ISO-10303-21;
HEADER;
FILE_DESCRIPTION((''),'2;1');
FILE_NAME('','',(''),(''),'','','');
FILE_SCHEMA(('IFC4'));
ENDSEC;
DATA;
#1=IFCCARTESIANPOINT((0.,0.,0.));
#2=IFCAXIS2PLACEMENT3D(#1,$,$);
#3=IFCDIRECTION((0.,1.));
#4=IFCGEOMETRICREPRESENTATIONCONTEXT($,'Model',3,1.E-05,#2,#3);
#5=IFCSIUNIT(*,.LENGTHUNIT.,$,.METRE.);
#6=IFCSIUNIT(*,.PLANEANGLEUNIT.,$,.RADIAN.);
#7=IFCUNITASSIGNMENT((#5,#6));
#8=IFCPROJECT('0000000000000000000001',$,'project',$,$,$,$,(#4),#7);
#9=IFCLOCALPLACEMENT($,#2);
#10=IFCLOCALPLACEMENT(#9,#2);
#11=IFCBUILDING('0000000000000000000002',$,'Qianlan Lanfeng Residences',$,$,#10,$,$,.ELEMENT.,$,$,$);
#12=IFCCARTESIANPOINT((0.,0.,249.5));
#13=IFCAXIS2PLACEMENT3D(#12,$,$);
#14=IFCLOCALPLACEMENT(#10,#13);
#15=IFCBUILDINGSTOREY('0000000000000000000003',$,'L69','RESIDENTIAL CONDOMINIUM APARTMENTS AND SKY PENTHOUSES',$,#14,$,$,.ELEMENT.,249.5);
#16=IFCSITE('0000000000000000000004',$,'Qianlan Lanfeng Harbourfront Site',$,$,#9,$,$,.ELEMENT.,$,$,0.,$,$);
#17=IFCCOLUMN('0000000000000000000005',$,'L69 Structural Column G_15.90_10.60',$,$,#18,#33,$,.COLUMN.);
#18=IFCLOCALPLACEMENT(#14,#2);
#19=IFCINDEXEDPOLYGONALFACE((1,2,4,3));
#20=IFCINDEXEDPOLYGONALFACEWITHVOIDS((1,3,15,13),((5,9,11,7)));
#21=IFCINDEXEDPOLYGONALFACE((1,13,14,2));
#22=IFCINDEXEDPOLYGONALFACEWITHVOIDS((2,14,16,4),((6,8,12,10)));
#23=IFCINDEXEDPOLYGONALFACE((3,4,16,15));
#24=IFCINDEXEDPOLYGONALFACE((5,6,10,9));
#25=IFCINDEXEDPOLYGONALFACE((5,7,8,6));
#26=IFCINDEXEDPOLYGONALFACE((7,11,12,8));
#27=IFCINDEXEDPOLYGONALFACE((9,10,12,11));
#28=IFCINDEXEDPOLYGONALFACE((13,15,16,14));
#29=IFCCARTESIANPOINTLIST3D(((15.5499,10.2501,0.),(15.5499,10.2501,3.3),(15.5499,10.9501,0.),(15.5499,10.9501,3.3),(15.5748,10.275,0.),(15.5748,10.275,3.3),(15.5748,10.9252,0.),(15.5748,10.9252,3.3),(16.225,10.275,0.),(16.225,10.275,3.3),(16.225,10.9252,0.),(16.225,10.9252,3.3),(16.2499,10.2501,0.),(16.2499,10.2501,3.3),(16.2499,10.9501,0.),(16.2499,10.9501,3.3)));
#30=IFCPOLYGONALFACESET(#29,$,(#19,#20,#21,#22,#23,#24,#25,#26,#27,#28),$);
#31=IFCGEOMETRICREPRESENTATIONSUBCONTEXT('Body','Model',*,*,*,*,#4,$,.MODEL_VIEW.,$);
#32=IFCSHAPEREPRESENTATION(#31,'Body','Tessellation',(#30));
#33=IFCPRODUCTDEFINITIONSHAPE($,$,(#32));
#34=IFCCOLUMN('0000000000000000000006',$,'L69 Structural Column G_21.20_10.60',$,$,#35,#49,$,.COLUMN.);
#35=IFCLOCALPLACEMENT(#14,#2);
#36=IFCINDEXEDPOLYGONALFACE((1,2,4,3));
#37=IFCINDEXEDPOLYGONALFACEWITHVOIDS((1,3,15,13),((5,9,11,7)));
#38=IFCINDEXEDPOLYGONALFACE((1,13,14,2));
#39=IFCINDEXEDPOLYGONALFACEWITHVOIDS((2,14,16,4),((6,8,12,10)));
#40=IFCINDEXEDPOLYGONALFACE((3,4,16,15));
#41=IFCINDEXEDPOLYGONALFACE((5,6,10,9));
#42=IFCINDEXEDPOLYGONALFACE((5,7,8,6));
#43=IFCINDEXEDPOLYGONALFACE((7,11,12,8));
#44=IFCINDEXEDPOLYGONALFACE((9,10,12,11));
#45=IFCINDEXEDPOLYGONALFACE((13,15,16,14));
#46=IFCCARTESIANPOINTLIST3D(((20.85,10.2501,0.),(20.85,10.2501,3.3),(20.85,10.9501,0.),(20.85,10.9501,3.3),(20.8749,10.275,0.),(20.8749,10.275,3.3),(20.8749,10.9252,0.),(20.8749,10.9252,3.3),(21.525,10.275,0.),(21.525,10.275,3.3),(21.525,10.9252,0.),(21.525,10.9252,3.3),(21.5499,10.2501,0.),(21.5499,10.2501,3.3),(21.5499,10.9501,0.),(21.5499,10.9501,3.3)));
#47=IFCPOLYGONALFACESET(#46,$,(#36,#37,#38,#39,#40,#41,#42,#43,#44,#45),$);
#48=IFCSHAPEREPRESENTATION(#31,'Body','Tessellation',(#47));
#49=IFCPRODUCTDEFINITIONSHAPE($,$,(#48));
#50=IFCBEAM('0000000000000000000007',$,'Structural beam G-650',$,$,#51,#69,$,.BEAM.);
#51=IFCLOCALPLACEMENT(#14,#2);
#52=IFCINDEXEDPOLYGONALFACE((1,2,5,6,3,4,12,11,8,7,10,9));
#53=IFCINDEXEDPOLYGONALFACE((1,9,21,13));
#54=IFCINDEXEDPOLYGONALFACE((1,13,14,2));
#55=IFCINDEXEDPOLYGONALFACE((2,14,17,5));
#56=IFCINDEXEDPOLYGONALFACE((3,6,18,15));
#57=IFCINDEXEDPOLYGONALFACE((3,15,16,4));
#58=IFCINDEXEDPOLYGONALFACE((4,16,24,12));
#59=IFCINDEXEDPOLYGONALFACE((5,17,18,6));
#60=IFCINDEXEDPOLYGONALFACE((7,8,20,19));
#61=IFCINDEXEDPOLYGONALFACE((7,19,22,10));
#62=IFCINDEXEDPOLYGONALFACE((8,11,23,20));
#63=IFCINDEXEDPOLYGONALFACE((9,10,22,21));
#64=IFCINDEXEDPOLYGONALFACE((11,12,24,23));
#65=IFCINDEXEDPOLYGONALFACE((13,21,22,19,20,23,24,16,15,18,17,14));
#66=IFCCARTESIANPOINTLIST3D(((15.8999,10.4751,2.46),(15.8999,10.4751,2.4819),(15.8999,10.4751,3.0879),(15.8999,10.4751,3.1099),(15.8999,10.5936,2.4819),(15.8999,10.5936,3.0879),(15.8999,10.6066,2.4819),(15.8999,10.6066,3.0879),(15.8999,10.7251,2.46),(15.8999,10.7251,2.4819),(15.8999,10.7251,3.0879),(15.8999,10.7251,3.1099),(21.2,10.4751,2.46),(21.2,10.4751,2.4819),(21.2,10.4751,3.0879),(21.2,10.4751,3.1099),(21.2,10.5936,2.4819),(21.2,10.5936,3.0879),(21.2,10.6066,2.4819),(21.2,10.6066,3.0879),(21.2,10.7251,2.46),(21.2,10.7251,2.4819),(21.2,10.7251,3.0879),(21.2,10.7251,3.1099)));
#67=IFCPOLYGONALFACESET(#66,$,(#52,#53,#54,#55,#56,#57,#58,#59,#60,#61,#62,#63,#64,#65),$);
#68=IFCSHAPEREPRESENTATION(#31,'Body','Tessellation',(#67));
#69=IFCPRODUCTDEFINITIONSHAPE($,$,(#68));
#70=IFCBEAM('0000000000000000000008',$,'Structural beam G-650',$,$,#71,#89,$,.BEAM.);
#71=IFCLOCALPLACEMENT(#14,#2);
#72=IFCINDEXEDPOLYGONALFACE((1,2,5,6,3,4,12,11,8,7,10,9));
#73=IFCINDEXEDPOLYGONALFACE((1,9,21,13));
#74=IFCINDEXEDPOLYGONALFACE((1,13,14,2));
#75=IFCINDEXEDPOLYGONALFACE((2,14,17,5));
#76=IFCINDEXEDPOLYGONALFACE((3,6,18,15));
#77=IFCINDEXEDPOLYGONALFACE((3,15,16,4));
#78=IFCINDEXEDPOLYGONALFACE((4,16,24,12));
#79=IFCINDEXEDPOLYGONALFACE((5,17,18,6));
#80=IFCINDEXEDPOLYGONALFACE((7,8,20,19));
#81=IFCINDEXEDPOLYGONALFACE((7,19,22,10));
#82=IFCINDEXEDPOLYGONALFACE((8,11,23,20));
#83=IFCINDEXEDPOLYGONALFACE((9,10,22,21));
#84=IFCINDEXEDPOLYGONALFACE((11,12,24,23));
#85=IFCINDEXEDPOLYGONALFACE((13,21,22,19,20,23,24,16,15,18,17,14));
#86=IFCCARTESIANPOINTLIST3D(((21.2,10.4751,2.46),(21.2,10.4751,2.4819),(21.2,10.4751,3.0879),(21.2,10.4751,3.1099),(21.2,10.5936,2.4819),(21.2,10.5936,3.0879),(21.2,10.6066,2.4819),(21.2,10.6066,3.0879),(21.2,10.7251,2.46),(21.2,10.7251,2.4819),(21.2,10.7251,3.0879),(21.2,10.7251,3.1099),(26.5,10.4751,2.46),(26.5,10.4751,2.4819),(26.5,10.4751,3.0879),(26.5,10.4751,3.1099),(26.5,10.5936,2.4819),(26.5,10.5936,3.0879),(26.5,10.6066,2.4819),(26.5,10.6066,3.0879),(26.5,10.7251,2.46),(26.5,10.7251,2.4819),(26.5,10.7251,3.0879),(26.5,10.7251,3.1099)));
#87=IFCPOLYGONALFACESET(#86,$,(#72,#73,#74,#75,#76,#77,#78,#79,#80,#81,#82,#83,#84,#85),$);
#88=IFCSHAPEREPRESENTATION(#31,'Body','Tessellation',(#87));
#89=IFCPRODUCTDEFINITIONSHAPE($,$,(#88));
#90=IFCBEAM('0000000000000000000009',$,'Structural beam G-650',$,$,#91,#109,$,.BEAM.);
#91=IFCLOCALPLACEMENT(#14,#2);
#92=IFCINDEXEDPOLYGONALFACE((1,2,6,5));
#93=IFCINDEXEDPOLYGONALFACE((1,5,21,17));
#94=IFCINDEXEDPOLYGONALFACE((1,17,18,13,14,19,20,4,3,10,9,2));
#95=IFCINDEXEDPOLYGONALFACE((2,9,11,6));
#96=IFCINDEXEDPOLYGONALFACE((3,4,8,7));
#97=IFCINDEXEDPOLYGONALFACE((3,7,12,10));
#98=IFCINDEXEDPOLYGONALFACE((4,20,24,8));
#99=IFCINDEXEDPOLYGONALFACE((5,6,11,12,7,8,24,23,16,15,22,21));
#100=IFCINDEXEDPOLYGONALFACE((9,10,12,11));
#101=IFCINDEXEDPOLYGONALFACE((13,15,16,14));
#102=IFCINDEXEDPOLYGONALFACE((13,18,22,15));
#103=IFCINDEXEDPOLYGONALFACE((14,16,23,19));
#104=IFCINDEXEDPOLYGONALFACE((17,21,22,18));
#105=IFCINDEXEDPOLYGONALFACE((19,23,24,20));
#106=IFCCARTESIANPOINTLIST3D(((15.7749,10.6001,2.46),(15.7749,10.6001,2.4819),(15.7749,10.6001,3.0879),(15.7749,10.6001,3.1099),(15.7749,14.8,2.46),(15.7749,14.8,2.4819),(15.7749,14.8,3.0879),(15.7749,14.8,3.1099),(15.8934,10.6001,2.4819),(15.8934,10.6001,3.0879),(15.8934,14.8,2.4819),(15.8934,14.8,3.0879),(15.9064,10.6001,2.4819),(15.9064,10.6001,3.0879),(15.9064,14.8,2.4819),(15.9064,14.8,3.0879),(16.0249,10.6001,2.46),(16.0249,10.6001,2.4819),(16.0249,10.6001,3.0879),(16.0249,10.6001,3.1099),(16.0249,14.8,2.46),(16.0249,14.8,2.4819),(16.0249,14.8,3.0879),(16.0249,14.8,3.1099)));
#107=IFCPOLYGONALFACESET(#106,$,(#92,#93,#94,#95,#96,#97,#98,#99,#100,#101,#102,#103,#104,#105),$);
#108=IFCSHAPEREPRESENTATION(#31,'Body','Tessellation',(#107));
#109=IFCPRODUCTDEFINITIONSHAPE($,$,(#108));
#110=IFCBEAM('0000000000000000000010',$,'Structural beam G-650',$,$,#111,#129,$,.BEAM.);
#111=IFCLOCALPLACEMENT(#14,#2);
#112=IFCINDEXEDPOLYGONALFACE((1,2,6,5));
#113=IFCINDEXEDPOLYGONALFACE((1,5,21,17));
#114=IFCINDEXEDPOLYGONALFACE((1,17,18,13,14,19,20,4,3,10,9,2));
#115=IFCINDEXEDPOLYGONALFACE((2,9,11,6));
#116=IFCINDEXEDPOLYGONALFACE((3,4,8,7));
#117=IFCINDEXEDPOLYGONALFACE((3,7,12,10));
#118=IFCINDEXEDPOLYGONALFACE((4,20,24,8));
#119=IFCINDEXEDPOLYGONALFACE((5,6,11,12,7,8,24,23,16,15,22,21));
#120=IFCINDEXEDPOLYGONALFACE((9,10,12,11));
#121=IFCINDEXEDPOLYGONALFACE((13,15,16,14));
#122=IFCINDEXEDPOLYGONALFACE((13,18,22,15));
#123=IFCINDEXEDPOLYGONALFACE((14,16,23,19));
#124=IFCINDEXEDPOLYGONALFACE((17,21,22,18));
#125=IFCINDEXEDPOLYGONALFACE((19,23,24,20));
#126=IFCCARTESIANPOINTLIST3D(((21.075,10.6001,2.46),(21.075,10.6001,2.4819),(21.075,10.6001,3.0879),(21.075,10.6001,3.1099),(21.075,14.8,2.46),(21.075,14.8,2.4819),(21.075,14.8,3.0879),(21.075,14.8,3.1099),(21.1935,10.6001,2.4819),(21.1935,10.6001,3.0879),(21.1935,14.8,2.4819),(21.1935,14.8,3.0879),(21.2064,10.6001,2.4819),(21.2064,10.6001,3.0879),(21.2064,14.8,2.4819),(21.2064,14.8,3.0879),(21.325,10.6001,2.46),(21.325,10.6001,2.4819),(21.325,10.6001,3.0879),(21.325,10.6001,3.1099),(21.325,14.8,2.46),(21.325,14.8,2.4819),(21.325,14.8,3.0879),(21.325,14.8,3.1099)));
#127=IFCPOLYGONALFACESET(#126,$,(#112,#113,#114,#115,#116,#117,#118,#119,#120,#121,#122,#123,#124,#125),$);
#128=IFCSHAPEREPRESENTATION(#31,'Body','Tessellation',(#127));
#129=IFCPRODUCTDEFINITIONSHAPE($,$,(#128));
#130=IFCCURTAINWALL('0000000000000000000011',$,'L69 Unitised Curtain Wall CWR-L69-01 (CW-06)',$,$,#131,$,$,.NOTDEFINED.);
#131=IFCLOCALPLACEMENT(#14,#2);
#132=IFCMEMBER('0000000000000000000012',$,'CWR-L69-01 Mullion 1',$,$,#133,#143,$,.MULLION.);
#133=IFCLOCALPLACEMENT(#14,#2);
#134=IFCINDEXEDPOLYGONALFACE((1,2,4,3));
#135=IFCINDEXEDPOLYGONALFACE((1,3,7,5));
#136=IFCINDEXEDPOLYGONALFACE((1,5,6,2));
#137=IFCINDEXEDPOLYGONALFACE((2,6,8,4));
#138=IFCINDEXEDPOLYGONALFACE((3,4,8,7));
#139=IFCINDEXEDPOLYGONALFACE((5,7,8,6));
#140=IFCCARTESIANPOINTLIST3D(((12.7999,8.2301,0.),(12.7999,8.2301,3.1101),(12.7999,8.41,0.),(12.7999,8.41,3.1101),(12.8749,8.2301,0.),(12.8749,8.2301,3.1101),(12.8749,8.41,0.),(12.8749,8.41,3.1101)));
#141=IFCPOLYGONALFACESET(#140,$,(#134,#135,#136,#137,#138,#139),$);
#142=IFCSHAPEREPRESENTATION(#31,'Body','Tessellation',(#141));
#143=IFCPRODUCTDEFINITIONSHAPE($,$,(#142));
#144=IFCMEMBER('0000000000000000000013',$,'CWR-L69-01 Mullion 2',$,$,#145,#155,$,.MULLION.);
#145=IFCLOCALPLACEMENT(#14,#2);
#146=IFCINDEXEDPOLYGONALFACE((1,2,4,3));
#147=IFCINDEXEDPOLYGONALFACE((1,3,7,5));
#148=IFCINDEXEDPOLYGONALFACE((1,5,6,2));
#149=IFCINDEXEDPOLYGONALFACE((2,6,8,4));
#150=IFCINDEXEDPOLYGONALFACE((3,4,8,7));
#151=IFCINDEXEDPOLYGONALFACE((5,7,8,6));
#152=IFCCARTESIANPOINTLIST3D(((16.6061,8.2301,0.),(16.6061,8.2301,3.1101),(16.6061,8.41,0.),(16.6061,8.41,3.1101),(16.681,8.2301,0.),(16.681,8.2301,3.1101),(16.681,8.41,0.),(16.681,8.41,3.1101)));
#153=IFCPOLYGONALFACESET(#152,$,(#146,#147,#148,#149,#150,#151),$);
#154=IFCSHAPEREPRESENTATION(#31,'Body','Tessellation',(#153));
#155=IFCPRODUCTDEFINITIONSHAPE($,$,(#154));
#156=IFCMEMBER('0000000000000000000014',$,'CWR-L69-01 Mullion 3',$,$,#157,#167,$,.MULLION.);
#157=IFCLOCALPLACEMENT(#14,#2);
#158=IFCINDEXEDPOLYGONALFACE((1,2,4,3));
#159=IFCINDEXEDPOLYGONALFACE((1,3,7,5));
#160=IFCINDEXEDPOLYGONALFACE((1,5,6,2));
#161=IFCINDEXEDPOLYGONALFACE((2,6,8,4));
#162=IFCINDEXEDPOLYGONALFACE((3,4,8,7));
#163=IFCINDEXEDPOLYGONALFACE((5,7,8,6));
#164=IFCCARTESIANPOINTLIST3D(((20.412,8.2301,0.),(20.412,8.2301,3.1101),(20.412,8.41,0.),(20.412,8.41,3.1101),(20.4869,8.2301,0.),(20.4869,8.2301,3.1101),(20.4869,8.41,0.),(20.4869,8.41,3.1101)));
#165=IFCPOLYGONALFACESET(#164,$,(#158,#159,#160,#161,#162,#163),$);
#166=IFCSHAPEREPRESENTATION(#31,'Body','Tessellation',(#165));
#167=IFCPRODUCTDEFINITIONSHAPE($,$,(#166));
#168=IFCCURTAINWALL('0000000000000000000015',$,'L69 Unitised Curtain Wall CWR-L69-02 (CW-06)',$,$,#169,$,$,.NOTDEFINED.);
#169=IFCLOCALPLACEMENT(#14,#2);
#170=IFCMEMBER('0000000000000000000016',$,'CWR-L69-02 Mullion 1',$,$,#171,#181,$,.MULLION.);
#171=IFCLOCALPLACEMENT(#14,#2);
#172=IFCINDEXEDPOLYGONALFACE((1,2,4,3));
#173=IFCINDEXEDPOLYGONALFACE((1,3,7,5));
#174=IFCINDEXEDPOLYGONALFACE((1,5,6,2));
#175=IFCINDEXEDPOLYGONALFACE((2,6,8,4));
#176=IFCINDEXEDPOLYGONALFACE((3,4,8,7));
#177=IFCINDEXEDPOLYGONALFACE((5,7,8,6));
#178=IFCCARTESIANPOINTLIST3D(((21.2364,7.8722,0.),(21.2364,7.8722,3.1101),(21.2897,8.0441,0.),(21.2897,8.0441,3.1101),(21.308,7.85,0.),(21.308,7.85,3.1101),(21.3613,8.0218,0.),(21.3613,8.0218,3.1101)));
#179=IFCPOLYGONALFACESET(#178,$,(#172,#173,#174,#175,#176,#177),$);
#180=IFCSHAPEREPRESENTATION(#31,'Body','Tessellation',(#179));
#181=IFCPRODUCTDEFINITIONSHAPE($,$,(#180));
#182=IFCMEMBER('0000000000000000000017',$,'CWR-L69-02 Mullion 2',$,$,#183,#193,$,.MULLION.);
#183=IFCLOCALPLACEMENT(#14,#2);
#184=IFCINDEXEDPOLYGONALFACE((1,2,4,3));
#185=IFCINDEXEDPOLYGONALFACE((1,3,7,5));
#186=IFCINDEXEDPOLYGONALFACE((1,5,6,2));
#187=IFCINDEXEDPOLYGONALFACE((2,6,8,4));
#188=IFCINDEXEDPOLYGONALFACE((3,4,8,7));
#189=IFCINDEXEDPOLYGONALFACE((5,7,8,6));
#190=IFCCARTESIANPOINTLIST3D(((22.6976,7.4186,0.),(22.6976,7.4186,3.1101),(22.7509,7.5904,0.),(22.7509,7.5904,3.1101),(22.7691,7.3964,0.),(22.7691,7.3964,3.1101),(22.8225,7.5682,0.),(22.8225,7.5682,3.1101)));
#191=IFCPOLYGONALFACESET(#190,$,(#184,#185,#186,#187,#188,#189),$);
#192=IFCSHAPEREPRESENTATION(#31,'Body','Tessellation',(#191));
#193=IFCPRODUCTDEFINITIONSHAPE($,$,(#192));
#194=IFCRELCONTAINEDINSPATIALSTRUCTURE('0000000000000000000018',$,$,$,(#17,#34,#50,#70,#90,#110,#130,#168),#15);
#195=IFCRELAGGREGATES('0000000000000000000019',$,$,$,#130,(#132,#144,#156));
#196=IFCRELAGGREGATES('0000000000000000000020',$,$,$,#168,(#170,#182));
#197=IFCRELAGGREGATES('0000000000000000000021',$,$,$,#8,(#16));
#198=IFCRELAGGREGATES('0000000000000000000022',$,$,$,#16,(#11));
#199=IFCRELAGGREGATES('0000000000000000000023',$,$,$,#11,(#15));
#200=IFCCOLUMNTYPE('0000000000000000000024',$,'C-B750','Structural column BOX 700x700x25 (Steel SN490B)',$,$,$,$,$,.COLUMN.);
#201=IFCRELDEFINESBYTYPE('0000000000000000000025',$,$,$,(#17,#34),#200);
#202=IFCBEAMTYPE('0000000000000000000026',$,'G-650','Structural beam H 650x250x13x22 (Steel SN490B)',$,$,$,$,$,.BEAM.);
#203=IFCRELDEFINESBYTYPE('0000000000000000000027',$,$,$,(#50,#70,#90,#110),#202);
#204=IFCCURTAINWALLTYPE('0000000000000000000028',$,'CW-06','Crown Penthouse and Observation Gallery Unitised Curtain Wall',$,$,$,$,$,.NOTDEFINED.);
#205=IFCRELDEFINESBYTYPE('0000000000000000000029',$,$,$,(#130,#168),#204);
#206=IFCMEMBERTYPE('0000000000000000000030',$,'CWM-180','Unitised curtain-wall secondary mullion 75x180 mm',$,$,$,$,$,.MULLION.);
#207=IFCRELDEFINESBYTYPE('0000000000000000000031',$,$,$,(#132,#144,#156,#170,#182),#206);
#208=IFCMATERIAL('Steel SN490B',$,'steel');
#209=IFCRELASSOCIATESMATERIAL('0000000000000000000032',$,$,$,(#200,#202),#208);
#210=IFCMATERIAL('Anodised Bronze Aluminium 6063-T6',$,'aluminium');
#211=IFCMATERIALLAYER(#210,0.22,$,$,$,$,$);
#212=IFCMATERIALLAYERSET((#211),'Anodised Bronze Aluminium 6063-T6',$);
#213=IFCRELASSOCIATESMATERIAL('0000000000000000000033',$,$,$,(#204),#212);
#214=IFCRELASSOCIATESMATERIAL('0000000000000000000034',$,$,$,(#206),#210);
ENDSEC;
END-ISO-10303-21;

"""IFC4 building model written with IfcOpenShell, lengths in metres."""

from ifc_helpers import new_model, si_unit, direction, frame, origin, origin_2d, place, context, subcontext, project, spatial, rectangle, hollow_rectangle, i_section, extrude, source, transform, mapped, material, layer, layer_set, material_profile, profile_set, type_object, element, aggregate, save


model = new_model("IFC4")

# Units and contexts
model_context = context("Model", 3, precision=1e-05, world=origin(), true_north=direction((0.0, 1.0)))
body_context = subcontext(model_context, "Body", "Model", "MODEL_VIEW")
ifc_project = project(units=[si_unit("LENGTHUNIT", "METRE"), si_unit("PLANEANGLEUNIT", "RADIAN")], contexts=[model_context])

# Site, building, storey
site_placement = place(None, origin())
site = spatial("IfcSite", under=ifc_project, at=site_placement, Name="Qianlan Lanfeng Harbourfront Site", CompositionType="ELEMENT", RefElevation=0.0)
building_placement = place(site_placement, origin())
building = spatial("IfcBuilding", under=site, at=building_placement, Name="Qianlan Lanfeng Residences", CompositionType="ELEMENT")
storey_placement = place(building_placement, frame((0.0, 0.0, 249.5)))
storey = spatial("IfcBuildingStorey", under=building, at=storey_placement, Name="L69", Description="RESIDENTIAL CONDOMINIUM APARTMENTS AND SKY PENTHOUSES", CompositionType="ELEMENT", Elevation=249.5)

# Columns
ifc_material_1 = material(Name="Steel SN490B", Category="steel")
ifc_material_profile_1 = material_profile(ifc_material_1, hollow_rectangle(XDim=0.7, YDim=0.7, WallThickness=0.0249, at=origin_2d()), Name="BOX 700x700x25")
ifc_profile_set_1 = profile_set([ifc_material_profile_1], Name="Steel SN490B")
column_type = type_object("IfcColumnType", Name="C-B750", Description="Structural column BOX 700x700x25 (Steel SN490B)", PredefinedType="COLUMN", material=ifc_profile_set_1)
for number, where, z_axis, x_axis, name in (
    (1, (15.8999, 10.6001, 0.0), (0.0, 0.0, 1.0), (1.0, 0.0, 0.0), "L69 Structural Column G_15.90_10.60"),
    (2, (21.2, 10.6001, 0.0), (0.0, 0.0, 1.0), (1.0, 0.0, 0.0), "L69 Structural Column G_21.20_10.60"),
):
    element("IfcColumn", number, at=place(storey_placement, frame(where, z_axis=z_axis, x_axis=x_axis)), inside=storey, type_object=column_type, Name=name, PredefinedType="COLUMN", context=body_context, shape_type="SweptSolid", body=[
        extrude(hollow_rectangle(XDim=0.7, YDim=0.7, WallThickness=0.0249, at=origin_2d()), origin(), (0.0, 0.0, 1.0), 3.3),
    ])

# Beams
ifc_material_profile_2 = material_profile(ifc_material_1, i_section(OverallWidth=0.25, OverallDepth=0.6499, WebThickness=0.0129, FlangeThickness=0.022, at=origin_2d()), Name="H 650x250x13x22")
ifc_profile_set_2 = profile_set([ifc_material_profile_2], Name="Steel SN490B")
beam_type = type_object("IfcBeamType", Name="G-650", Description="Structural beam H 650x250x13x22 (Steel SN490B)", PredefinedType="BEAM", material=ifc_profile_set_2)
for number, where, z_axis, x_axis, name in (
    (3, (15.8999, 10.6001, 2.7849), (1.0, 0.0, 0.0), (0.0, 1.0, 0.0), "Structural beam G-650"),
    (4, (21.2, 10.6001, 2.7849), (1.0, 0.0, 0.0), (0.0, 1.0, 0.0), "Structural beam G-650"),
):
    element("IfcBeam", number, at=place(storey_placement, frame(where, z_axis=z_axis, x_axis=x_axis)), inside=storey, type_object=beam_type, Name=name, PredefinedType="BEAM", context=body_context, shape_type="SweptSolid", body=[
        extrude(i_section(OverallWidth=0.25, OverallDepth=0.6499, WebThickness=0.0129, FlangeThickness=0.022, at=origin_2d()), origin(), (0.0, 0.0, 1.0), 5.3),
    ])
for number, where, z_axis, x_axis, name in (
    (5, (15.8999, 10.6001, 2.7849), (0.0, 1.0, 0.0), (-1.0, 0.0, 0.0), "Structural beam G-650"),
    (6, (21.2, 10.6001, 2.7849), (0.0, 1.0, 0.0), (-1.0, 0.0, 0.0), "Structural beam G-650"),
):
    element("IfcBeam", number, at=place(storey_placement, frame(where, z_axis=z_axis, x_axis=x_axis)), inside=storey, type_object=beam_type, Name=name, PredefinedType="BEAM", context=body_context, shape_type="SweptSolid", body=[
        extrude(i_section(OverallWidth=0.25, OverallDepth=0.6499, WebThickness=0.0129, FlangeThickness=0.022, at=origin_2d()), origin(), (0.0, 0.0, 1.0), 4.2),
    ])

# Curtain walls, members
ifc_material_2 = material(Name="Anodised Bronze Aluminium 6063-T6", Category="aluminium")
ifc_layer_1 = layer(ifc_material_2, 0.22)
ifc_layer_set_1 = layer_set([ifc_layer_1], Name="Anodised Bronze Aluminium 6063-T6")
curtain_wall_type = type_object("IfcCurtainWallType", Name="CW-06", Description="Crown Penthouse and Observation Gallery Unitised Curtain Wall", PredefinedType="NOTDEFINED", material=ifc_layer_set_1)
curtain_wall_1_placement = place(storey_placement, origin())
curtain_wall_1 = element("IfcCurtainWall", 7, at=curtain_wall_1_placement, inside=storey, type_object=curtain_wall_type, Name="L69 Unitised Curtain Wall CWR-L69-01 (CW-06)", PredefinedType="NOTDEFINED")
ifc_material_profile_3 = material_profile(ifc_material_2, rectangle(XDim=0.075, YDim=0.1799, at=origin_2d()), Name="ALU MULLION 75x180")
ifc_profile_set_3 = profile_set([ifc_material_profile_3], Name="Anodised Bronze Aluminium 6063-T6")
member_type_1 = type_object("IfcMemberType", Name="CWM-180", Description="Unitised curtain-wall secondary mullion 75x180 mm", PredefinedType="MULLION", material=ifc_profile_set_3)
shared_shape_1 = source(origin(), body_context, "Body", "SweptSolid", [
    extrude(rectangle(XDim=0.075, YDim=0.1799, at=origin_2d()), origin(), (0.0, 0.0, 1.0), 3.1101),
])
member_1_placement = place(storey_placement, frame((12.8374, 8.3201, 0.0), z_axis=(0.0, 0.0, 1.0), x_axis=(1.0, 0.0, 0.0)))
member_1 = element("IfcMember", 8, at=member_1_placement, type_object=member_type_1, Name="CWR-L69-01 Mullion 1", PredefinedType="MULLION", context=body_context, shape_type="MappedRepresentation", body=[
    mapped(shared_shape_1, transform((0.0, 0.0, 0.0), scale=1.0)),
])
member_2_placement = place(storey_placement, frame((16.6436, 8.3201, 0.0), z_axis=(0.0, 0.0, 1.0), x_axis=(1.0, 0.0, 0.0)))
member_2 = element("IfcMember", 9, at=member_2_placement, type_object=member_type_1, Name="CWR-L69-01 Mullion 2", PredefinedType="MULLION", context=body_context, shape_type="MappedRepresentation", body=[
    mapped(shared_shape_1, transform((0.0, 0.0, 0.0), scale=1.0)),
])
member_3_placement = place(storey_placement, frame((20.4495, 8.3201, 0.0), z_axis=(0.0, 0.0, 1.0), x_axis=(1.0, 0.0, 0.0)))
member_3 = element("IfcMember", 10, at=member_3_placement, type_object=member_type_1, Name="CWR-L69-01 Mullion 3", PredefinedType="MULLION", context=body_context, shape_type="MappedRepresentation", body=[
    mapped(shared_shape_1, transform((0.0, 0.0, 0.0), scale=1.0)),
])
curtain_wall_2_placement = place(storey_placement, origin())
curtain_wall_2 = element("IfcCurtainWall", 11, at=curtain_wall_2_placement, inside=storey, type_object=curtain_wall_type, Name="L69 Unitised Curtain Wall CWR-L69-02 (CW-06)", PredefinedType="NOTDEFINED")
member_4_placement = place(storey_placement, frame((21.2988, 7.947, 0.0), z_axis=(0.0, 0.0, 1.0), x_axis=(0.95508, -0.296348, 0.0)))
member_4 = element("IfcMember", 12, at=member_4_placement, type_object=member_type_1, Name="CWR-L69-02 Mullion 1", PredefinedType="MULLION", context=body_context, shape_type="MappedRepresentation", body=[
    mapped(shared_shape_1, transform((0.0, 0.0, 0.0), scale=1.0)),
])
member_5_placement = place(storey_placement, frame((22.76, 7.4934, 0.0), z_axis=(0.0, 0.0, 1.0), x_axis=(0.95508, -0.296348, 0.0)))
member_5 = element("IfcMember", 13, at=member_5_placement, type_object=member_type_1, Name="CWR-L69-02 Mullion 2", PredefinedType="MULLION", context=body_context, shape_type="MappedRepresentation", body=[
    mapped(shared_shape_1, transform((0.0, 0.0, 0.0), scale=1.0)),
])

aggregate(curtain_wall_1, [member_1, member_2, member_3])
aggregate(curtain_wall_2, [member_4, member_5])

save(model, "model.ifc")
